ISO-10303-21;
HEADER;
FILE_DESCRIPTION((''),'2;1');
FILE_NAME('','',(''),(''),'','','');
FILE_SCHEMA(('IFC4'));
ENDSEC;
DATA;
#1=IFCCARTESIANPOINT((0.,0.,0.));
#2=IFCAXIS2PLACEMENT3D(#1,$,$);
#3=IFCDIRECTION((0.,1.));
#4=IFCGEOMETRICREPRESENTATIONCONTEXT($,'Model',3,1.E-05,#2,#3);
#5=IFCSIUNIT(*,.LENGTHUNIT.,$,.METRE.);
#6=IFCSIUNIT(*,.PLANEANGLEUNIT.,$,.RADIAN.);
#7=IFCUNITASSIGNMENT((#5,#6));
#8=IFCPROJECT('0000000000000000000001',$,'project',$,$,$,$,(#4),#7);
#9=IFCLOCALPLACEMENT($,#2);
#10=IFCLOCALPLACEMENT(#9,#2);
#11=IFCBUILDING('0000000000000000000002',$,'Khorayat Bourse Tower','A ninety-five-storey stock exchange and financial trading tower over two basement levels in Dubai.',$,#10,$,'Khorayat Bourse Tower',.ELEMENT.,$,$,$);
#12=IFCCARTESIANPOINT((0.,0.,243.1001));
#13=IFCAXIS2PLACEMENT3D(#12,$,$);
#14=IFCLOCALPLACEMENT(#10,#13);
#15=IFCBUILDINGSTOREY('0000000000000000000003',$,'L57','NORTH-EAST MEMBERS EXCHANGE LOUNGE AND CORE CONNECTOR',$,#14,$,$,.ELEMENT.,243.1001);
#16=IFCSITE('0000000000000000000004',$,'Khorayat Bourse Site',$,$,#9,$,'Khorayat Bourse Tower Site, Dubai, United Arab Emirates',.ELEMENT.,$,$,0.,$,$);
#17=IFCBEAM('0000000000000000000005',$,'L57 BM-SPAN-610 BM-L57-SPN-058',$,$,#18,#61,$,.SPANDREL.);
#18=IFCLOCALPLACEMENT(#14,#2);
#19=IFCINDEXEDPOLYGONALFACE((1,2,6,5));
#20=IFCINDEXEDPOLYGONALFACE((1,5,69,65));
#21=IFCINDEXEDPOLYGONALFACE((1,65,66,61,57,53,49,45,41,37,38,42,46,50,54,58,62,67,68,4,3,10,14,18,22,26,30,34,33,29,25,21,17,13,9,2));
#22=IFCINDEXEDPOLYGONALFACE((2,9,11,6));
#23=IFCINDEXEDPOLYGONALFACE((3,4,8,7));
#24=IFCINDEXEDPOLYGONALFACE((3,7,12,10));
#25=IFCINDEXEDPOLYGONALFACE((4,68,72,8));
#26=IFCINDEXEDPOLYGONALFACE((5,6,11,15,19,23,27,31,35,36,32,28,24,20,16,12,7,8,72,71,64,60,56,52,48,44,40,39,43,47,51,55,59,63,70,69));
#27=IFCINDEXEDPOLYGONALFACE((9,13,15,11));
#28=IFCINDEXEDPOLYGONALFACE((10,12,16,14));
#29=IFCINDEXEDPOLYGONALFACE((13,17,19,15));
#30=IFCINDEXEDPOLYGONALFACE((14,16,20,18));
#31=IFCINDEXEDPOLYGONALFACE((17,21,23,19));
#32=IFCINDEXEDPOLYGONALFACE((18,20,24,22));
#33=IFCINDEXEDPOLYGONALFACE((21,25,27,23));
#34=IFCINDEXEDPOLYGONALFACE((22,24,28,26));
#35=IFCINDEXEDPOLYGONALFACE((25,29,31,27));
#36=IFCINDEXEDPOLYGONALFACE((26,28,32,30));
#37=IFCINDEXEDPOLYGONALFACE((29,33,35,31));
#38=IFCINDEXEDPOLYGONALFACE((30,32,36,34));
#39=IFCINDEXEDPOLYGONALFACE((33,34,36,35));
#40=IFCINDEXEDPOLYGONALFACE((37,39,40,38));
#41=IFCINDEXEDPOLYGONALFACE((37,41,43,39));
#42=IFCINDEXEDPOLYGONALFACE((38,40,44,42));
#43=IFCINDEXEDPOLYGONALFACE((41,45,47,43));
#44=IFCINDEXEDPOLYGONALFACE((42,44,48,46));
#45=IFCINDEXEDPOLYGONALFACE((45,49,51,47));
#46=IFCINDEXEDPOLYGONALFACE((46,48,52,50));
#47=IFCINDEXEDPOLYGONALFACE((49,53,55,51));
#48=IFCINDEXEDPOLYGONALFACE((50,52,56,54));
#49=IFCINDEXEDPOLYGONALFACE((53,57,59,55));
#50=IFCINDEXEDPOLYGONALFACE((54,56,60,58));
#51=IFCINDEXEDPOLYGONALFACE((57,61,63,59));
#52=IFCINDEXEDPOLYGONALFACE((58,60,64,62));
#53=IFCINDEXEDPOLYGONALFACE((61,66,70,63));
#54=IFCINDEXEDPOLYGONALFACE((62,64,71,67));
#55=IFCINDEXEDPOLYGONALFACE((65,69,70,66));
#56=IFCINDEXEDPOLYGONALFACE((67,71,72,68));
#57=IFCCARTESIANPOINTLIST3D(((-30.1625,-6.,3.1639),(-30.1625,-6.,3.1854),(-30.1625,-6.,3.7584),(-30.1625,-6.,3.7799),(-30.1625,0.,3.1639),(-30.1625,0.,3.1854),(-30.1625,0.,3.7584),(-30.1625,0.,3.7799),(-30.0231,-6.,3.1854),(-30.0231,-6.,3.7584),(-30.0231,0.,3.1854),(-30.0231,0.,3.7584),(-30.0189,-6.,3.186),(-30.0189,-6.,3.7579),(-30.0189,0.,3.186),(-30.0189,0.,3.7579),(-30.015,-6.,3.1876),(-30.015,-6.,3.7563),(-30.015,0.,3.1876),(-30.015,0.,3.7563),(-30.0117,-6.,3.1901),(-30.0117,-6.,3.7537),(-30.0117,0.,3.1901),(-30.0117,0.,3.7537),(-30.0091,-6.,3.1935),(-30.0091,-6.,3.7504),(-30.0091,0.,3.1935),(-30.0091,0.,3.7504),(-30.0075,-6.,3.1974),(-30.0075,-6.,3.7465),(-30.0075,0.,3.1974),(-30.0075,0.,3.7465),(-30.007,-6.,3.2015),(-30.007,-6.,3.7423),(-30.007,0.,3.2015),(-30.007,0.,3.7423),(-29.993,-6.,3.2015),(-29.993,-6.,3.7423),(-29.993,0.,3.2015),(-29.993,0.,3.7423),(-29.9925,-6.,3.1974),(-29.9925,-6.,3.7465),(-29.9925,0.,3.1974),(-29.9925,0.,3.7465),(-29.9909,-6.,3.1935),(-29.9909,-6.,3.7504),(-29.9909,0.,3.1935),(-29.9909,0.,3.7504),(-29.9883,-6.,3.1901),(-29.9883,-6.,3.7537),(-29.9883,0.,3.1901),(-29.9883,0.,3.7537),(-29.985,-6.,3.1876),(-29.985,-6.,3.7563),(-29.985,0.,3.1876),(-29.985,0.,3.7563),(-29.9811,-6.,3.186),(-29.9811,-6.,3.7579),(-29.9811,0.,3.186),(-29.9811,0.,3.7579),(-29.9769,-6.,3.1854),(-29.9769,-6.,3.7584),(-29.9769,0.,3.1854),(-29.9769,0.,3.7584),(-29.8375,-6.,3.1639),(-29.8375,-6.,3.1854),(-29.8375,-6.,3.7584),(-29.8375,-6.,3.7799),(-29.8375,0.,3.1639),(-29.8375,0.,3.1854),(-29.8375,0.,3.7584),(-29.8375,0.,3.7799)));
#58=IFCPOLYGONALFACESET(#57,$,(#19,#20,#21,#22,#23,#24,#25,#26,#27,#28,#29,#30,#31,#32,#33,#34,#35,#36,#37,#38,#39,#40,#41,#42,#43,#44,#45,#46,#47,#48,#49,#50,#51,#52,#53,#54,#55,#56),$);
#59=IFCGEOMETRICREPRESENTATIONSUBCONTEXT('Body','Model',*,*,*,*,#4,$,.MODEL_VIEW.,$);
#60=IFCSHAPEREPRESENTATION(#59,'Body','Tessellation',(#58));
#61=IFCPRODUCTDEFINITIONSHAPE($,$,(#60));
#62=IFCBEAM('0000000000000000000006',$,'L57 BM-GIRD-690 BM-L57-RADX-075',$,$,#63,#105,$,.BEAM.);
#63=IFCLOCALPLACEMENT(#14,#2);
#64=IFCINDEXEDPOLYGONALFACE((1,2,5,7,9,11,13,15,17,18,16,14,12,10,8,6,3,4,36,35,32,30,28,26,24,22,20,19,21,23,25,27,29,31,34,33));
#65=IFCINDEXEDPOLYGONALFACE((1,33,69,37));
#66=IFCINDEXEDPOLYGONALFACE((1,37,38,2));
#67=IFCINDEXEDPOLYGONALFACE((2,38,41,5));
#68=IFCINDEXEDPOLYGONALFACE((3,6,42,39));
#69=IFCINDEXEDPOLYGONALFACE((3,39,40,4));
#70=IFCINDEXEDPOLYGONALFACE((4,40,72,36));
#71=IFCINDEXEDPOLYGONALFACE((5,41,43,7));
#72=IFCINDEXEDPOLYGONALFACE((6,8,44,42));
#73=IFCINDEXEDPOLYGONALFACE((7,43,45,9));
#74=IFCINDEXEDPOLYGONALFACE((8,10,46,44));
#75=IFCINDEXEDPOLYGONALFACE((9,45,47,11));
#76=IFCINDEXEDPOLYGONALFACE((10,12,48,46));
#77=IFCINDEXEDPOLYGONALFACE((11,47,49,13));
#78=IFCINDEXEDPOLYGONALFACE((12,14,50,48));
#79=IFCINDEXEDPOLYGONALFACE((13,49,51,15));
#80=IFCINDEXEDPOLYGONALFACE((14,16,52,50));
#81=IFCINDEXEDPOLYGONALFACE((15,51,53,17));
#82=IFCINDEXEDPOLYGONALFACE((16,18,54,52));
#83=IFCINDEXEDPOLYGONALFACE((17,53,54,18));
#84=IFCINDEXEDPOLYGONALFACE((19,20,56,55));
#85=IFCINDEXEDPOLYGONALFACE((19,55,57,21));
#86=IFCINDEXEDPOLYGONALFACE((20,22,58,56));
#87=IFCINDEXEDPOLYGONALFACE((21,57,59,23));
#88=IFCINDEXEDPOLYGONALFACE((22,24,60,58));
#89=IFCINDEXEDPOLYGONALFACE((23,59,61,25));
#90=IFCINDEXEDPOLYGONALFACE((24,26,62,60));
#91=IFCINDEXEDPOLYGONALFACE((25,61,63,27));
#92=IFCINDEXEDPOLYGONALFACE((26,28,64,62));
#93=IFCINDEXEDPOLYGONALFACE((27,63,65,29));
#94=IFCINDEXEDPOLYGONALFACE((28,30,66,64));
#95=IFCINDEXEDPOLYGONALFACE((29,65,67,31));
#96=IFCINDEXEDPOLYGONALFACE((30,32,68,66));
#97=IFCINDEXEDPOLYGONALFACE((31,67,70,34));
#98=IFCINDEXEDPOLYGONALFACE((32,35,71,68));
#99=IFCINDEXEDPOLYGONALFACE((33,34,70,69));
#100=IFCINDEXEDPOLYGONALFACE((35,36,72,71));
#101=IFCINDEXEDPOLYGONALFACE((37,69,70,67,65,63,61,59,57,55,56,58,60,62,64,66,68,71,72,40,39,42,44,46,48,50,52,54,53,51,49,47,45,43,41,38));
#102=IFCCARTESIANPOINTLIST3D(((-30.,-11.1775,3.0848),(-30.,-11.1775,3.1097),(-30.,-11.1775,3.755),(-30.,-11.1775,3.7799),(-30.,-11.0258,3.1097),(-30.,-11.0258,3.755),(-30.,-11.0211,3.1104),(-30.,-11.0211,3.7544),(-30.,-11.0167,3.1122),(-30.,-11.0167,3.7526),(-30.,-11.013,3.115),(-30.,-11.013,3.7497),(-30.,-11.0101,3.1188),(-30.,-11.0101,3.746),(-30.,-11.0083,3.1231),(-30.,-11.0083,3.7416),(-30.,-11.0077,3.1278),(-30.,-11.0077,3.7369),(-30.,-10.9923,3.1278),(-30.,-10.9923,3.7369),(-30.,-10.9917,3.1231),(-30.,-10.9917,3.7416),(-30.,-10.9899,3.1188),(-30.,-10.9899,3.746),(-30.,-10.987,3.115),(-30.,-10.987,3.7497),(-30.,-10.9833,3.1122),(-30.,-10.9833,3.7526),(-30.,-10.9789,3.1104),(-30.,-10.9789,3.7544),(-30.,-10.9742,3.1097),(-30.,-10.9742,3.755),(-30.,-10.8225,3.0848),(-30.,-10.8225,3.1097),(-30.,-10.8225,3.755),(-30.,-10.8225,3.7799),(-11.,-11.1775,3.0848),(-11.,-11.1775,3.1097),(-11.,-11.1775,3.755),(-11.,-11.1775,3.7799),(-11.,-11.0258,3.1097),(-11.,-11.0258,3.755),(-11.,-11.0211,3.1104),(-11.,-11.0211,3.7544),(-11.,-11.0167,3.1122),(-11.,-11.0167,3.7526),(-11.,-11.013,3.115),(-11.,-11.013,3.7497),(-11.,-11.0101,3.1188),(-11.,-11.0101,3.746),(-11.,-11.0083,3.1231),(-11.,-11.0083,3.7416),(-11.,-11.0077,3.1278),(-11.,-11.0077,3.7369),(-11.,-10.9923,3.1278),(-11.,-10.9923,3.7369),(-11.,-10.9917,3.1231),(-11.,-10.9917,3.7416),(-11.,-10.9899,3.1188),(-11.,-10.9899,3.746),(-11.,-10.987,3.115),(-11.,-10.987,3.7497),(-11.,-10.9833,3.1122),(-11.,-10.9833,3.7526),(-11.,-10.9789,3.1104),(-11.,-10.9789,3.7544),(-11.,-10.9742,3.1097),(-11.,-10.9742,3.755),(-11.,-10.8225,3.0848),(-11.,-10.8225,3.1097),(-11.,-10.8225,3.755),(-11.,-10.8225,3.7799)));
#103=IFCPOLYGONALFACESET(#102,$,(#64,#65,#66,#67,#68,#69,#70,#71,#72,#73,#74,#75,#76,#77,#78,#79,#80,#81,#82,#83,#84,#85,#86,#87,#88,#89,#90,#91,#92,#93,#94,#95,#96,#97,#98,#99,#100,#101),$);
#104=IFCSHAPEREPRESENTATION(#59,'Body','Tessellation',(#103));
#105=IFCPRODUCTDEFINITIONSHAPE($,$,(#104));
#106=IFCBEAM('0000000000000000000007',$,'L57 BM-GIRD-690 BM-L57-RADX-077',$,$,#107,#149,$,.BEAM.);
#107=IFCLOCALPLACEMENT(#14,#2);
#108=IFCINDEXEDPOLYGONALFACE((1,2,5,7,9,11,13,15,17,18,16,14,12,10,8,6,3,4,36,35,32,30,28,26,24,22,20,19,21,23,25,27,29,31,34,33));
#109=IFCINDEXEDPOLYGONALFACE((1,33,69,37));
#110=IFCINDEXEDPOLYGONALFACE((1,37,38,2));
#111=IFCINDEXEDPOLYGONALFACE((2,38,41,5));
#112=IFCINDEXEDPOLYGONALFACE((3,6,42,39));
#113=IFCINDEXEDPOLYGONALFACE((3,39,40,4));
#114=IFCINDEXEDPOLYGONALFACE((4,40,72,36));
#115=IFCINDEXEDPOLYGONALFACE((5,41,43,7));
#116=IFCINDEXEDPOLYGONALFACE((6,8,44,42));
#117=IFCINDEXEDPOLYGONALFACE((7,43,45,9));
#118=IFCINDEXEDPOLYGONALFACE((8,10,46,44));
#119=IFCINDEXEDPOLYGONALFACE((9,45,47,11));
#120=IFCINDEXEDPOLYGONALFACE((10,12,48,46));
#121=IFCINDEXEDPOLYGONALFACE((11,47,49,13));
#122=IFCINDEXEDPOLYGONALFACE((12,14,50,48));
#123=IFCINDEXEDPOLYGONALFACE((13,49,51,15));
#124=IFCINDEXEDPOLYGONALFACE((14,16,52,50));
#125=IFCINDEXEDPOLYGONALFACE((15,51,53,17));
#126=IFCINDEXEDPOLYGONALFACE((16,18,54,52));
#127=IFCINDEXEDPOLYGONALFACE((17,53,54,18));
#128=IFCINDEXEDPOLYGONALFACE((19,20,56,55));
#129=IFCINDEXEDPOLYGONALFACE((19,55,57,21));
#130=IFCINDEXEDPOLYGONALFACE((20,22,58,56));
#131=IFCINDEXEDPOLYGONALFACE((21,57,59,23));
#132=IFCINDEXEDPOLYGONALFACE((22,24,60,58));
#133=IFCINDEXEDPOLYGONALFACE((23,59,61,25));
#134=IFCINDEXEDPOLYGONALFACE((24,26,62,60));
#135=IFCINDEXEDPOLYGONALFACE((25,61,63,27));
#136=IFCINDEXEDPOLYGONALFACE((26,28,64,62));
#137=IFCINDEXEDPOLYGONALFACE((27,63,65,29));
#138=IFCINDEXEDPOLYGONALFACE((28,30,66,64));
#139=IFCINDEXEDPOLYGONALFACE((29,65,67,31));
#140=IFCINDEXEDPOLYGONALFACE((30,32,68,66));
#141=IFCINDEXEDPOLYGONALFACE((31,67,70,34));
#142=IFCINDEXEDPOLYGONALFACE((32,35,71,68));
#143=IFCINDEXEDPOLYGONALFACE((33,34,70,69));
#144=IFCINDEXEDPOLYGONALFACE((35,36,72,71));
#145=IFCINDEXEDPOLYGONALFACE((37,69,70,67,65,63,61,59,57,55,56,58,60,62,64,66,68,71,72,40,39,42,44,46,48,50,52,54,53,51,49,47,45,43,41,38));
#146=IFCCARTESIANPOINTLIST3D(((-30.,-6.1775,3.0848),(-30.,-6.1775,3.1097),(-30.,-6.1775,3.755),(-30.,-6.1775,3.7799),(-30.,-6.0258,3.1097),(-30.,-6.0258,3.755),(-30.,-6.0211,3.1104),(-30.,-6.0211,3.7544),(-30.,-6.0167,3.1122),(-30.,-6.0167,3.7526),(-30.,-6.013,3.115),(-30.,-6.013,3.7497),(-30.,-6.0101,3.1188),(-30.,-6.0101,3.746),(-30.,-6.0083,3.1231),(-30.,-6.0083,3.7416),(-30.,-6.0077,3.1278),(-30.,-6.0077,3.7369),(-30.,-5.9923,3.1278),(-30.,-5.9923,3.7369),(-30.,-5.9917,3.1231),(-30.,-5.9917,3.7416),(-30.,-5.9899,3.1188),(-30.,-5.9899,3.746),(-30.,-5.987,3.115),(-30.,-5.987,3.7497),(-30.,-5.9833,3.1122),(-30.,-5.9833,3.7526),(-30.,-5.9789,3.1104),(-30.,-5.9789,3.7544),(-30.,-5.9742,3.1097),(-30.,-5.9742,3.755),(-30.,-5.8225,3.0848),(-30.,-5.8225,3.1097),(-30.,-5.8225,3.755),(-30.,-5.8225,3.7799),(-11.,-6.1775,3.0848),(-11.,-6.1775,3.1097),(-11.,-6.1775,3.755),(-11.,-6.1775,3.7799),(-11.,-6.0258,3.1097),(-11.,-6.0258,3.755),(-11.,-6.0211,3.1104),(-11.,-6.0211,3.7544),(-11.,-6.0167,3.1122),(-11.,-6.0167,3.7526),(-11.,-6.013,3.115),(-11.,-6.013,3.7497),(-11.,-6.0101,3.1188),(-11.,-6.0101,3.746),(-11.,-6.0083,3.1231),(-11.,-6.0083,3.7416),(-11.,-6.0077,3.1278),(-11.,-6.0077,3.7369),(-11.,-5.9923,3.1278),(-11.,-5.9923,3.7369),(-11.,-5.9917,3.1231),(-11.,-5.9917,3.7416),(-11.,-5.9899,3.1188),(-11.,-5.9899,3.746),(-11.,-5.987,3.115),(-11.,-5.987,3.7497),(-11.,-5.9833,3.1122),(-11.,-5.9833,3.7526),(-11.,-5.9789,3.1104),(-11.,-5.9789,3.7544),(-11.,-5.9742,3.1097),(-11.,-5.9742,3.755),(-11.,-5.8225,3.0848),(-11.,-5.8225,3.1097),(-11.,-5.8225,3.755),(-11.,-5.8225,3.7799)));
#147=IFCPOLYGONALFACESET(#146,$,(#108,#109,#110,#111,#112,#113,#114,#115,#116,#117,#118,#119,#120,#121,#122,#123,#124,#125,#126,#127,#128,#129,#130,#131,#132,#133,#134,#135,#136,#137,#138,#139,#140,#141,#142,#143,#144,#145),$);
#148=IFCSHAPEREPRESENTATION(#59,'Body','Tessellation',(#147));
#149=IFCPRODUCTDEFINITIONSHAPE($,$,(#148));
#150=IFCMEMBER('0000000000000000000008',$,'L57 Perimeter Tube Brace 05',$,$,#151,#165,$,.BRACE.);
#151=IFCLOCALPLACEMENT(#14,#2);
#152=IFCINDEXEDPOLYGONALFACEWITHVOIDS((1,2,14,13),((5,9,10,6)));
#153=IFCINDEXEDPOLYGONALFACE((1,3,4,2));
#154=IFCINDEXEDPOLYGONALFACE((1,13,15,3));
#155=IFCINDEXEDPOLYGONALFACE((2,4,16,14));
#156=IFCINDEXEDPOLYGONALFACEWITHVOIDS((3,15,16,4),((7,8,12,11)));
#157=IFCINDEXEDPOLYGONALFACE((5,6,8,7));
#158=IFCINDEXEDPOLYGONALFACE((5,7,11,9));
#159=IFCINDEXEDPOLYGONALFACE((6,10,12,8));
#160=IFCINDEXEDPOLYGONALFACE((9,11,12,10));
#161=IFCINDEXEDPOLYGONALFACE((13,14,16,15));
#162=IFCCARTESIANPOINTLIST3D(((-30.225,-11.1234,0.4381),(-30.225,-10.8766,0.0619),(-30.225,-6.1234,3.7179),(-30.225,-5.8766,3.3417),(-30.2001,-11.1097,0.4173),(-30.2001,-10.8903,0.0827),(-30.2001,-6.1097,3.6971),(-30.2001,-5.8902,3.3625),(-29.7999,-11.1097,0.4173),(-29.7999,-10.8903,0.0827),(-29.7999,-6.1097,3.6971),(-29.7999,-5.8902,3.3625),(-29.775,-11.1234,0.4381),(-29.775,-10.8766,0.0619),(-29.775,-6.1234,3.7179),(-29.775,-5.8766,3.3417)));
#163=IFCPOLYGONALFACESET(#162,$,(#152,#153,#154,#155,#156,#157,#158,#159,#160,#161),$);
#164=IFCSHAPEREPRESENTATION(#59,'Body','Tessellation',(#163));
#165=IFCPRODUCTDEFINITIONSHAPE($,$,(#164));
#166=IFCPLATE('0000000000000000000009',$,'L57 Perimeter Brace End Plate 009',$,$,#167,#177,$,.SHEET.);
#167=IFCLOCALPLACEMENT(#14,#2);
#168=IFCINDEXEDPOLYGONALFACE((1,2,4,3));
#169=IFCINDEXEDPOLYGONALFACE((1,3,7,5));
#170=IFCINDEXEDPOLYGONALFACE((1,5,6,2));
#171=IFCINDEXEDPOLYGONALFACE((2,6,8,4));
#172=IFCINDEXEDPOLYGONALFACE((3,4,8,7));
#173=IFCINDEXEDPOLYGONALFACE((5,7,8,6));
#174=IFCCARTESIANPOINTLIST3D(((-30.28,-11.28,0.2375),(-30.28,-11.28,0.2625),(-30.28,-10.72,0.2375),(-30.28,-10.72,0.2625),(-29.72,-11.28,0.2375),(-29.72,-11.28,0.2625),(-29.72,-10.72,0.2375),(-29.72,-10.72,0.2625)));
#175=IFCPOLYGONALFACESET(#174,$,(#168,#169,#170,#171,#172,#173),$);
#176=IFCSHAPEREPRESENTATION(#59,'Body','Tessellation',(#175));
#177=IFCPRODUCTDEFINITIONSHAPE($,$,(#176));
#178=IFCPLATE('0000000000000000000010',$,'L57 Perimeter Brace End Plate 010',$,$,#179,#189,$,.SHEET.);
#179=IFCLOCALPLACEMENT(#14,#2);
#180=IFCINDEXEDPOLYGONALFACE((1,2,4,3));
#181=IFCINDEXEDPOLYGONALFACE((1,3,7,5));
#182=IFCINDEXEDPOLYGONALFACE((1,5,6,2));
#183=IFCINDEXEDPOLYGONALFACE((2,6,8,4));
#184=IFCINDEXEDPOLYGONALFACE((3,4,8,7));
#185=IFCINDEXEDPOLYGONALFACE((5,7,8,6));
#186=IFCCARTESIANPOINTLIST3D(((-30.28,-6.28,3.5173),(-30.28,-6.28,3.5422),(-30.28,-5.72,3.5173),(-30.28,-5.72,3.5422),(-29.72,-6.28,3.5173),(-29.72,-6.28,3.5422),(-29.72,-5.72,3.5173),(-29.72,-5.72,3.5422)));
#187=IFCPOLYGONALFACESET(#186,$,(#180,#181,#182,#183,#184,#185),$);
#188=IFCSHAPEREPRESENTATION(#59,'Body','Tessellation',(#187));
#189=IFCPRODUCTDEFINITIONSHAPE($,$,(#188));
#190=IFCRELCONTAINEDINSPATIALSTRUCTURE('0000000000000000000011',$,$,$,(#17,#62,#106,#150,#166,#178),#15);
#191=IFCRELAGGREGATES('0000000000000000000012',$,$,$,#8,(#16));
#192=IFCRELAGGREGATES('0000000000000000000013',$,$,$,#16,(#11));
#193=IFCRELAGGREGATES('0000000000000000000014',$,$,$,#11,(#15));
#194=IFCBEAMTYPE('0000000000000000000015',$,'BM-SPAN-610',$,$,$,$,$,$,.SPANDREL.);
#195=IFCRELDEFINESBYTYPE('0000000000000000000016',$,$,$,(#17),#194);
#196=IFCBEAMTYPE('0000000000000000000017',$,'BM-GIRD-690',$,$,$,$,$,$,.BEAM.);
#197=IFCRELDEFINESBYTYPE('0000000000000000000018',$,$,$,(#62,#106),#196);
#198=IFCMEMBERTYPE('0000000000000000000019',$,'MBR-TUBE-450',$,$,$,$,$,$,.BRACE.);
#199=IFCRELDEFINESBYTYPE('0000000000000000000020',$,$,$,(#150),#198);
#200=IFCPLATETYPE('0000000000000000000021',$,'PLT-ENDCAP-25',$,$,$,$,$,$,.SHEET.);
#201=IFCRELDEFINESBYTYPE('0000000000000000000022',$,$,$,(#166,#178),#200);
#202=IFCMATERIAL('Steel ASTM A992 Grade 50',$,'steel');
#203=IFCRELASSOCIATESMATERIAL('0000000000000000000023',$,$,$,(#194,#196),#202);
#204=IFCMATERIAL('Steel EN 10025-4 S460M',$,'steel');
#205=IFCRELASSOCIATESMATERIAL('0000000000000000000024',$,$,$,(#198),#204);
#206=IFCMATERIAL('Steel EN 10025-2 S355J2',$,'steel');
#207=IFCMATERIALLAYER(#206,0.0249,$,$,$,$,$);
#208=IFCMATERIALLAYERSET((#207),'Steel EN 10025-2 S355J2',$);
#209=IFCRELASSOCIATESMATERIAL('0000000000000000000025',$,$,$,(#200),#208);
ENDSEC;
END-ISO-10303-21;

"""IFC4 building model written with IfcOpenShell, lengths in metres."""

from ifc_helpers import new_model, si_unit, direction, frame, origin, origin_2d, place, context, subcontext, project, spatial, rectangle, hollow_rectangle, i_section, extrude, source, transform, mapped, material, layer, layer_set, material_profile, profile_set, type_object, element, save


model = new_model("IFC4")

# Units and contexts
model_context = context("Model", 3, precision=1e-05, world=origin(), true_north=direction((0.0, 1.0)))
body_context = subcontext(model_context, "Body", "Model", "MODEL_VIEW")
ifc_project = project(units=[si_unit("LENGTHUNIT", "METRE"), si_unit("PLANEANGLEUNIT", "RADIAN")], contexts=[model_context])

# Site, building, storey
site_placement = place(None, origin())
site = spatial("IfcSite", under=ifc_project, at=site_placement, Name="Khorayat Bourse Site", LongName="Khorayat Bourse Tower Site, Dubai, United Arab Emirates", CompositionType="ELEMENT", RefElevation=0.0)
building_placement = place(site_placement, origin())
building = spatial("IfcBuilding", under=site, at=building_placement, Name="Khorayat Bourse Tower", Description="A ninety-five-storey stock exchange and financial trading tower over two basement levels in Dubai.", LongName="Khorayat Bourse Tower", CompositionType="ELEMENT")
storey_placement = place(building_placement, frame((0.0, 0.0, 243.1001)))
storey = spatial("IfcBuildingStorey", under=building, at=storey_placement, Name="L57", Description="NORTH-EAST MEMBERS EXCHANGE LOUNGE AND CORE CONNECTOR", CompositionType="ELEMENT", Elevation=243.1001)

# Shared definitions
ifc_material_1 = material(Name="Steel EN 10025-4 S460M", Category="steel")

# Beams
ifc_material_2 = material(Name="Steel ASTM A992 Grade 50", Category="steel")
ifc_material_profile_1 = material_profile(ifc_material_2, i_section(OverallWidth=0.325, OverallDepth=0.616, WebThickness=0.0139, FlangeThickness=0.0215, FilletRadius=0.0161, at=origin_2d()), Name="W610X174")
ifc_profile_set_1 = profile_set([ifc_material_profile_1], Name="Steel ASTM A992 Grade 50")
beam_type_1 = type_object("IfcBeamType", Name="BM-SPAN-610", PredefinedType="SPANDREL", material=ifc_profile_set_1)
shared_shape_1 = source(origin(), body_context, "Body", "SweptSolid", [
    extrude(i_section(OverallWidth=0.325, OverallDepth=0.616, WebThickness=0.0139, FlangeThickness=0.0215, FilletRadius=0.0161, at=origin_2d()), origin(), (0.0, 0.0, 1.0), 6.0),
])
beam_1_placement = place(storey_placement, frame((-30.0, -6.0, 3.4719), z_axis=(0.0, 1.0, 0.0), x_axis=(-1.0, 0.0, 0.0)))
element("IfcBeam", 1, at=beam_1_placement, inside=storey, type_object=beam_type_1, Name="L57 BM-SPAN-610 BM-L57-SPN-058", PredefinedType="SPANDREL", context=body_context, shape_type="MappedRepresentation", body=[
    mapped(shared_shape_1, transform((0.0, 0.0, 0.0), scale=1.0)),
])
ifc_material_profile_2 = material_profile(ifc_material_2, i_section(OverallWidth=0.355, OverallDepth=0.6951, WebThickness=0.0154, FlangeThickness=0.0249, FilletRadius=0.0181, at=origin_2d()), Name="W690X217")
ifc_profile_set_2 = profile_set([ifc_material_profile_2], Name="Steel ASTM A992 Grade 50")
beam_type_2 = type_object("IfcBeamType", Name="BM-GIRD-690", PredefinedType="BEAM", material=ifc_profile_set_2)
shared_shape_2 = source(origin(), body_context, "Body", "SweptSolid", [
    extrude(i_section(OverallWidth=0.355, OverallDepth=0.6951, WebThickness=0.0154, FlangeThickness=0.0249, FilletRadius=0.0181, at=origin_2d()), origin(), (0.0, 0.0, 1.0), 19.0),
])
for number, where, z_axis, x_axis, name in (
    (2, (-30.0, -11.0, 3.4324), (1.0, 0.0, 0.0), (0.0, 1.0, 0.0), "L57 BM-GIRD-690 BM-L57-RADX-075"),
    (3, (-30.0, -6.0, 3.4324), (1.0, 0.0, 0.0), (0.0, 1.0, 0.0), "L57 BM-GIRD-690 BM-L57-RADX-077"),
):
    element("IfcBeam", number, at=place(storey_placement, frame(where, z_axis=z_axis, x_axis=x_axis)), inside=storey, type_object=beam_type_2, Name=name, PredefinedType="BEAM", context=body_context, shape_type="MappedRepresentation", body=[
        mapped(shared_shape_2, transform((0.0, 0.0, 0.0), scale=1.0)),
    ])

# Member
ifc_material_profile_3 = material_profile(ifc_material_1, hollow_rectangle(XDim=0.45, YDim=0.45, WallThickness=0.0249, at=origin_2d()), Name="HSS 450x450x25")
ifc_profile_set_3 = profile_set([ifc_material_profile_3], Name="Steel EN 10025-4 S460M")
member_type = type_object("IfcMemberType", Name="MBR-TUBE-450", PredefinedType="BRACE", material=ifc_profile_set_3)
shared_shape_3 = source(origin(), body_context, "Body", "SweptSolid", [
    extrude(hollow_rectangle(XDim=0.45, YDim=0.45, WallThickness=0.0249, at=origin_2d()), origin(), (0.0, 0.0, 1.0), 5.9797),
])
member_placement = place(storey_placement, frame((-30.0, -11.0, 0.25), z_axis=(0.0, 0.83616, 0.548485), x_axis=(-1.0, 0.0, 0.0)))
element("IfcMember", 4, at=member_placement, inside=storey, type_object=member_type, Name="L57 Perimeter Tube Brace 05", PredefinedType="BRACE", context=body_context, shape_type="MappedRepresentation", body=[
    mapped(shared_shape_3, transform((0.0, 0.0, 0.0), scale=1.0)),
])

# Plates
ifc_material_3 = material(Name="Steel EN 10025-2 S355J2", Category="steel")
ifc_layer_1 = layer(ifc_material_3, 0.0249)
ifc_layer_set_1 = layer_set([ifc_layer_1], Name="Steel EN 10025-2 S355J2")
plate_type_1 = type_object("IfcPlateType", Name="PLT-ENDCAP-25", PredefinedType="SHEET", material=ifc_layer_set_1)
shared_shape_4 = source(origin(), body_context, "Body", "SweptSolid", [
    extrude(rectangle(XDim=0.5601, YDim=0.5601, at=origin_2d()), origin(), (0.0, 0.0, 1.0), 0.0249),
])
for number, where, z_axis, x_axis, name in (
    (5, (-30.0, -11.0, 0.2375), (0.0, 0.0, 1.0), (1.0, 0.0, 0.0), "L57 Perimeter Brace End Plate 009"),
    (6, (-30.0, -6.0, 3.5173), (0.0, 0.0, 1.0), (1.0, 0.0, 0.0), "L57 Perimeter Brace End Plate 010"),
):
    element("IfcPlate", number, at=place(storey_placement, frame(where, z_axis=z_axis, x_axis=x_axis)), inside=storey, type_object=plate_type_1, Name=name, PredefinedType="SHEET", context=body_context, shape_type="MappedRepresentation", body=[
        mapped(shared_shape_4, transform((0.0, 0.0, 0.0), scale=1.0)),
    ])

save(model, "model.ifc")
